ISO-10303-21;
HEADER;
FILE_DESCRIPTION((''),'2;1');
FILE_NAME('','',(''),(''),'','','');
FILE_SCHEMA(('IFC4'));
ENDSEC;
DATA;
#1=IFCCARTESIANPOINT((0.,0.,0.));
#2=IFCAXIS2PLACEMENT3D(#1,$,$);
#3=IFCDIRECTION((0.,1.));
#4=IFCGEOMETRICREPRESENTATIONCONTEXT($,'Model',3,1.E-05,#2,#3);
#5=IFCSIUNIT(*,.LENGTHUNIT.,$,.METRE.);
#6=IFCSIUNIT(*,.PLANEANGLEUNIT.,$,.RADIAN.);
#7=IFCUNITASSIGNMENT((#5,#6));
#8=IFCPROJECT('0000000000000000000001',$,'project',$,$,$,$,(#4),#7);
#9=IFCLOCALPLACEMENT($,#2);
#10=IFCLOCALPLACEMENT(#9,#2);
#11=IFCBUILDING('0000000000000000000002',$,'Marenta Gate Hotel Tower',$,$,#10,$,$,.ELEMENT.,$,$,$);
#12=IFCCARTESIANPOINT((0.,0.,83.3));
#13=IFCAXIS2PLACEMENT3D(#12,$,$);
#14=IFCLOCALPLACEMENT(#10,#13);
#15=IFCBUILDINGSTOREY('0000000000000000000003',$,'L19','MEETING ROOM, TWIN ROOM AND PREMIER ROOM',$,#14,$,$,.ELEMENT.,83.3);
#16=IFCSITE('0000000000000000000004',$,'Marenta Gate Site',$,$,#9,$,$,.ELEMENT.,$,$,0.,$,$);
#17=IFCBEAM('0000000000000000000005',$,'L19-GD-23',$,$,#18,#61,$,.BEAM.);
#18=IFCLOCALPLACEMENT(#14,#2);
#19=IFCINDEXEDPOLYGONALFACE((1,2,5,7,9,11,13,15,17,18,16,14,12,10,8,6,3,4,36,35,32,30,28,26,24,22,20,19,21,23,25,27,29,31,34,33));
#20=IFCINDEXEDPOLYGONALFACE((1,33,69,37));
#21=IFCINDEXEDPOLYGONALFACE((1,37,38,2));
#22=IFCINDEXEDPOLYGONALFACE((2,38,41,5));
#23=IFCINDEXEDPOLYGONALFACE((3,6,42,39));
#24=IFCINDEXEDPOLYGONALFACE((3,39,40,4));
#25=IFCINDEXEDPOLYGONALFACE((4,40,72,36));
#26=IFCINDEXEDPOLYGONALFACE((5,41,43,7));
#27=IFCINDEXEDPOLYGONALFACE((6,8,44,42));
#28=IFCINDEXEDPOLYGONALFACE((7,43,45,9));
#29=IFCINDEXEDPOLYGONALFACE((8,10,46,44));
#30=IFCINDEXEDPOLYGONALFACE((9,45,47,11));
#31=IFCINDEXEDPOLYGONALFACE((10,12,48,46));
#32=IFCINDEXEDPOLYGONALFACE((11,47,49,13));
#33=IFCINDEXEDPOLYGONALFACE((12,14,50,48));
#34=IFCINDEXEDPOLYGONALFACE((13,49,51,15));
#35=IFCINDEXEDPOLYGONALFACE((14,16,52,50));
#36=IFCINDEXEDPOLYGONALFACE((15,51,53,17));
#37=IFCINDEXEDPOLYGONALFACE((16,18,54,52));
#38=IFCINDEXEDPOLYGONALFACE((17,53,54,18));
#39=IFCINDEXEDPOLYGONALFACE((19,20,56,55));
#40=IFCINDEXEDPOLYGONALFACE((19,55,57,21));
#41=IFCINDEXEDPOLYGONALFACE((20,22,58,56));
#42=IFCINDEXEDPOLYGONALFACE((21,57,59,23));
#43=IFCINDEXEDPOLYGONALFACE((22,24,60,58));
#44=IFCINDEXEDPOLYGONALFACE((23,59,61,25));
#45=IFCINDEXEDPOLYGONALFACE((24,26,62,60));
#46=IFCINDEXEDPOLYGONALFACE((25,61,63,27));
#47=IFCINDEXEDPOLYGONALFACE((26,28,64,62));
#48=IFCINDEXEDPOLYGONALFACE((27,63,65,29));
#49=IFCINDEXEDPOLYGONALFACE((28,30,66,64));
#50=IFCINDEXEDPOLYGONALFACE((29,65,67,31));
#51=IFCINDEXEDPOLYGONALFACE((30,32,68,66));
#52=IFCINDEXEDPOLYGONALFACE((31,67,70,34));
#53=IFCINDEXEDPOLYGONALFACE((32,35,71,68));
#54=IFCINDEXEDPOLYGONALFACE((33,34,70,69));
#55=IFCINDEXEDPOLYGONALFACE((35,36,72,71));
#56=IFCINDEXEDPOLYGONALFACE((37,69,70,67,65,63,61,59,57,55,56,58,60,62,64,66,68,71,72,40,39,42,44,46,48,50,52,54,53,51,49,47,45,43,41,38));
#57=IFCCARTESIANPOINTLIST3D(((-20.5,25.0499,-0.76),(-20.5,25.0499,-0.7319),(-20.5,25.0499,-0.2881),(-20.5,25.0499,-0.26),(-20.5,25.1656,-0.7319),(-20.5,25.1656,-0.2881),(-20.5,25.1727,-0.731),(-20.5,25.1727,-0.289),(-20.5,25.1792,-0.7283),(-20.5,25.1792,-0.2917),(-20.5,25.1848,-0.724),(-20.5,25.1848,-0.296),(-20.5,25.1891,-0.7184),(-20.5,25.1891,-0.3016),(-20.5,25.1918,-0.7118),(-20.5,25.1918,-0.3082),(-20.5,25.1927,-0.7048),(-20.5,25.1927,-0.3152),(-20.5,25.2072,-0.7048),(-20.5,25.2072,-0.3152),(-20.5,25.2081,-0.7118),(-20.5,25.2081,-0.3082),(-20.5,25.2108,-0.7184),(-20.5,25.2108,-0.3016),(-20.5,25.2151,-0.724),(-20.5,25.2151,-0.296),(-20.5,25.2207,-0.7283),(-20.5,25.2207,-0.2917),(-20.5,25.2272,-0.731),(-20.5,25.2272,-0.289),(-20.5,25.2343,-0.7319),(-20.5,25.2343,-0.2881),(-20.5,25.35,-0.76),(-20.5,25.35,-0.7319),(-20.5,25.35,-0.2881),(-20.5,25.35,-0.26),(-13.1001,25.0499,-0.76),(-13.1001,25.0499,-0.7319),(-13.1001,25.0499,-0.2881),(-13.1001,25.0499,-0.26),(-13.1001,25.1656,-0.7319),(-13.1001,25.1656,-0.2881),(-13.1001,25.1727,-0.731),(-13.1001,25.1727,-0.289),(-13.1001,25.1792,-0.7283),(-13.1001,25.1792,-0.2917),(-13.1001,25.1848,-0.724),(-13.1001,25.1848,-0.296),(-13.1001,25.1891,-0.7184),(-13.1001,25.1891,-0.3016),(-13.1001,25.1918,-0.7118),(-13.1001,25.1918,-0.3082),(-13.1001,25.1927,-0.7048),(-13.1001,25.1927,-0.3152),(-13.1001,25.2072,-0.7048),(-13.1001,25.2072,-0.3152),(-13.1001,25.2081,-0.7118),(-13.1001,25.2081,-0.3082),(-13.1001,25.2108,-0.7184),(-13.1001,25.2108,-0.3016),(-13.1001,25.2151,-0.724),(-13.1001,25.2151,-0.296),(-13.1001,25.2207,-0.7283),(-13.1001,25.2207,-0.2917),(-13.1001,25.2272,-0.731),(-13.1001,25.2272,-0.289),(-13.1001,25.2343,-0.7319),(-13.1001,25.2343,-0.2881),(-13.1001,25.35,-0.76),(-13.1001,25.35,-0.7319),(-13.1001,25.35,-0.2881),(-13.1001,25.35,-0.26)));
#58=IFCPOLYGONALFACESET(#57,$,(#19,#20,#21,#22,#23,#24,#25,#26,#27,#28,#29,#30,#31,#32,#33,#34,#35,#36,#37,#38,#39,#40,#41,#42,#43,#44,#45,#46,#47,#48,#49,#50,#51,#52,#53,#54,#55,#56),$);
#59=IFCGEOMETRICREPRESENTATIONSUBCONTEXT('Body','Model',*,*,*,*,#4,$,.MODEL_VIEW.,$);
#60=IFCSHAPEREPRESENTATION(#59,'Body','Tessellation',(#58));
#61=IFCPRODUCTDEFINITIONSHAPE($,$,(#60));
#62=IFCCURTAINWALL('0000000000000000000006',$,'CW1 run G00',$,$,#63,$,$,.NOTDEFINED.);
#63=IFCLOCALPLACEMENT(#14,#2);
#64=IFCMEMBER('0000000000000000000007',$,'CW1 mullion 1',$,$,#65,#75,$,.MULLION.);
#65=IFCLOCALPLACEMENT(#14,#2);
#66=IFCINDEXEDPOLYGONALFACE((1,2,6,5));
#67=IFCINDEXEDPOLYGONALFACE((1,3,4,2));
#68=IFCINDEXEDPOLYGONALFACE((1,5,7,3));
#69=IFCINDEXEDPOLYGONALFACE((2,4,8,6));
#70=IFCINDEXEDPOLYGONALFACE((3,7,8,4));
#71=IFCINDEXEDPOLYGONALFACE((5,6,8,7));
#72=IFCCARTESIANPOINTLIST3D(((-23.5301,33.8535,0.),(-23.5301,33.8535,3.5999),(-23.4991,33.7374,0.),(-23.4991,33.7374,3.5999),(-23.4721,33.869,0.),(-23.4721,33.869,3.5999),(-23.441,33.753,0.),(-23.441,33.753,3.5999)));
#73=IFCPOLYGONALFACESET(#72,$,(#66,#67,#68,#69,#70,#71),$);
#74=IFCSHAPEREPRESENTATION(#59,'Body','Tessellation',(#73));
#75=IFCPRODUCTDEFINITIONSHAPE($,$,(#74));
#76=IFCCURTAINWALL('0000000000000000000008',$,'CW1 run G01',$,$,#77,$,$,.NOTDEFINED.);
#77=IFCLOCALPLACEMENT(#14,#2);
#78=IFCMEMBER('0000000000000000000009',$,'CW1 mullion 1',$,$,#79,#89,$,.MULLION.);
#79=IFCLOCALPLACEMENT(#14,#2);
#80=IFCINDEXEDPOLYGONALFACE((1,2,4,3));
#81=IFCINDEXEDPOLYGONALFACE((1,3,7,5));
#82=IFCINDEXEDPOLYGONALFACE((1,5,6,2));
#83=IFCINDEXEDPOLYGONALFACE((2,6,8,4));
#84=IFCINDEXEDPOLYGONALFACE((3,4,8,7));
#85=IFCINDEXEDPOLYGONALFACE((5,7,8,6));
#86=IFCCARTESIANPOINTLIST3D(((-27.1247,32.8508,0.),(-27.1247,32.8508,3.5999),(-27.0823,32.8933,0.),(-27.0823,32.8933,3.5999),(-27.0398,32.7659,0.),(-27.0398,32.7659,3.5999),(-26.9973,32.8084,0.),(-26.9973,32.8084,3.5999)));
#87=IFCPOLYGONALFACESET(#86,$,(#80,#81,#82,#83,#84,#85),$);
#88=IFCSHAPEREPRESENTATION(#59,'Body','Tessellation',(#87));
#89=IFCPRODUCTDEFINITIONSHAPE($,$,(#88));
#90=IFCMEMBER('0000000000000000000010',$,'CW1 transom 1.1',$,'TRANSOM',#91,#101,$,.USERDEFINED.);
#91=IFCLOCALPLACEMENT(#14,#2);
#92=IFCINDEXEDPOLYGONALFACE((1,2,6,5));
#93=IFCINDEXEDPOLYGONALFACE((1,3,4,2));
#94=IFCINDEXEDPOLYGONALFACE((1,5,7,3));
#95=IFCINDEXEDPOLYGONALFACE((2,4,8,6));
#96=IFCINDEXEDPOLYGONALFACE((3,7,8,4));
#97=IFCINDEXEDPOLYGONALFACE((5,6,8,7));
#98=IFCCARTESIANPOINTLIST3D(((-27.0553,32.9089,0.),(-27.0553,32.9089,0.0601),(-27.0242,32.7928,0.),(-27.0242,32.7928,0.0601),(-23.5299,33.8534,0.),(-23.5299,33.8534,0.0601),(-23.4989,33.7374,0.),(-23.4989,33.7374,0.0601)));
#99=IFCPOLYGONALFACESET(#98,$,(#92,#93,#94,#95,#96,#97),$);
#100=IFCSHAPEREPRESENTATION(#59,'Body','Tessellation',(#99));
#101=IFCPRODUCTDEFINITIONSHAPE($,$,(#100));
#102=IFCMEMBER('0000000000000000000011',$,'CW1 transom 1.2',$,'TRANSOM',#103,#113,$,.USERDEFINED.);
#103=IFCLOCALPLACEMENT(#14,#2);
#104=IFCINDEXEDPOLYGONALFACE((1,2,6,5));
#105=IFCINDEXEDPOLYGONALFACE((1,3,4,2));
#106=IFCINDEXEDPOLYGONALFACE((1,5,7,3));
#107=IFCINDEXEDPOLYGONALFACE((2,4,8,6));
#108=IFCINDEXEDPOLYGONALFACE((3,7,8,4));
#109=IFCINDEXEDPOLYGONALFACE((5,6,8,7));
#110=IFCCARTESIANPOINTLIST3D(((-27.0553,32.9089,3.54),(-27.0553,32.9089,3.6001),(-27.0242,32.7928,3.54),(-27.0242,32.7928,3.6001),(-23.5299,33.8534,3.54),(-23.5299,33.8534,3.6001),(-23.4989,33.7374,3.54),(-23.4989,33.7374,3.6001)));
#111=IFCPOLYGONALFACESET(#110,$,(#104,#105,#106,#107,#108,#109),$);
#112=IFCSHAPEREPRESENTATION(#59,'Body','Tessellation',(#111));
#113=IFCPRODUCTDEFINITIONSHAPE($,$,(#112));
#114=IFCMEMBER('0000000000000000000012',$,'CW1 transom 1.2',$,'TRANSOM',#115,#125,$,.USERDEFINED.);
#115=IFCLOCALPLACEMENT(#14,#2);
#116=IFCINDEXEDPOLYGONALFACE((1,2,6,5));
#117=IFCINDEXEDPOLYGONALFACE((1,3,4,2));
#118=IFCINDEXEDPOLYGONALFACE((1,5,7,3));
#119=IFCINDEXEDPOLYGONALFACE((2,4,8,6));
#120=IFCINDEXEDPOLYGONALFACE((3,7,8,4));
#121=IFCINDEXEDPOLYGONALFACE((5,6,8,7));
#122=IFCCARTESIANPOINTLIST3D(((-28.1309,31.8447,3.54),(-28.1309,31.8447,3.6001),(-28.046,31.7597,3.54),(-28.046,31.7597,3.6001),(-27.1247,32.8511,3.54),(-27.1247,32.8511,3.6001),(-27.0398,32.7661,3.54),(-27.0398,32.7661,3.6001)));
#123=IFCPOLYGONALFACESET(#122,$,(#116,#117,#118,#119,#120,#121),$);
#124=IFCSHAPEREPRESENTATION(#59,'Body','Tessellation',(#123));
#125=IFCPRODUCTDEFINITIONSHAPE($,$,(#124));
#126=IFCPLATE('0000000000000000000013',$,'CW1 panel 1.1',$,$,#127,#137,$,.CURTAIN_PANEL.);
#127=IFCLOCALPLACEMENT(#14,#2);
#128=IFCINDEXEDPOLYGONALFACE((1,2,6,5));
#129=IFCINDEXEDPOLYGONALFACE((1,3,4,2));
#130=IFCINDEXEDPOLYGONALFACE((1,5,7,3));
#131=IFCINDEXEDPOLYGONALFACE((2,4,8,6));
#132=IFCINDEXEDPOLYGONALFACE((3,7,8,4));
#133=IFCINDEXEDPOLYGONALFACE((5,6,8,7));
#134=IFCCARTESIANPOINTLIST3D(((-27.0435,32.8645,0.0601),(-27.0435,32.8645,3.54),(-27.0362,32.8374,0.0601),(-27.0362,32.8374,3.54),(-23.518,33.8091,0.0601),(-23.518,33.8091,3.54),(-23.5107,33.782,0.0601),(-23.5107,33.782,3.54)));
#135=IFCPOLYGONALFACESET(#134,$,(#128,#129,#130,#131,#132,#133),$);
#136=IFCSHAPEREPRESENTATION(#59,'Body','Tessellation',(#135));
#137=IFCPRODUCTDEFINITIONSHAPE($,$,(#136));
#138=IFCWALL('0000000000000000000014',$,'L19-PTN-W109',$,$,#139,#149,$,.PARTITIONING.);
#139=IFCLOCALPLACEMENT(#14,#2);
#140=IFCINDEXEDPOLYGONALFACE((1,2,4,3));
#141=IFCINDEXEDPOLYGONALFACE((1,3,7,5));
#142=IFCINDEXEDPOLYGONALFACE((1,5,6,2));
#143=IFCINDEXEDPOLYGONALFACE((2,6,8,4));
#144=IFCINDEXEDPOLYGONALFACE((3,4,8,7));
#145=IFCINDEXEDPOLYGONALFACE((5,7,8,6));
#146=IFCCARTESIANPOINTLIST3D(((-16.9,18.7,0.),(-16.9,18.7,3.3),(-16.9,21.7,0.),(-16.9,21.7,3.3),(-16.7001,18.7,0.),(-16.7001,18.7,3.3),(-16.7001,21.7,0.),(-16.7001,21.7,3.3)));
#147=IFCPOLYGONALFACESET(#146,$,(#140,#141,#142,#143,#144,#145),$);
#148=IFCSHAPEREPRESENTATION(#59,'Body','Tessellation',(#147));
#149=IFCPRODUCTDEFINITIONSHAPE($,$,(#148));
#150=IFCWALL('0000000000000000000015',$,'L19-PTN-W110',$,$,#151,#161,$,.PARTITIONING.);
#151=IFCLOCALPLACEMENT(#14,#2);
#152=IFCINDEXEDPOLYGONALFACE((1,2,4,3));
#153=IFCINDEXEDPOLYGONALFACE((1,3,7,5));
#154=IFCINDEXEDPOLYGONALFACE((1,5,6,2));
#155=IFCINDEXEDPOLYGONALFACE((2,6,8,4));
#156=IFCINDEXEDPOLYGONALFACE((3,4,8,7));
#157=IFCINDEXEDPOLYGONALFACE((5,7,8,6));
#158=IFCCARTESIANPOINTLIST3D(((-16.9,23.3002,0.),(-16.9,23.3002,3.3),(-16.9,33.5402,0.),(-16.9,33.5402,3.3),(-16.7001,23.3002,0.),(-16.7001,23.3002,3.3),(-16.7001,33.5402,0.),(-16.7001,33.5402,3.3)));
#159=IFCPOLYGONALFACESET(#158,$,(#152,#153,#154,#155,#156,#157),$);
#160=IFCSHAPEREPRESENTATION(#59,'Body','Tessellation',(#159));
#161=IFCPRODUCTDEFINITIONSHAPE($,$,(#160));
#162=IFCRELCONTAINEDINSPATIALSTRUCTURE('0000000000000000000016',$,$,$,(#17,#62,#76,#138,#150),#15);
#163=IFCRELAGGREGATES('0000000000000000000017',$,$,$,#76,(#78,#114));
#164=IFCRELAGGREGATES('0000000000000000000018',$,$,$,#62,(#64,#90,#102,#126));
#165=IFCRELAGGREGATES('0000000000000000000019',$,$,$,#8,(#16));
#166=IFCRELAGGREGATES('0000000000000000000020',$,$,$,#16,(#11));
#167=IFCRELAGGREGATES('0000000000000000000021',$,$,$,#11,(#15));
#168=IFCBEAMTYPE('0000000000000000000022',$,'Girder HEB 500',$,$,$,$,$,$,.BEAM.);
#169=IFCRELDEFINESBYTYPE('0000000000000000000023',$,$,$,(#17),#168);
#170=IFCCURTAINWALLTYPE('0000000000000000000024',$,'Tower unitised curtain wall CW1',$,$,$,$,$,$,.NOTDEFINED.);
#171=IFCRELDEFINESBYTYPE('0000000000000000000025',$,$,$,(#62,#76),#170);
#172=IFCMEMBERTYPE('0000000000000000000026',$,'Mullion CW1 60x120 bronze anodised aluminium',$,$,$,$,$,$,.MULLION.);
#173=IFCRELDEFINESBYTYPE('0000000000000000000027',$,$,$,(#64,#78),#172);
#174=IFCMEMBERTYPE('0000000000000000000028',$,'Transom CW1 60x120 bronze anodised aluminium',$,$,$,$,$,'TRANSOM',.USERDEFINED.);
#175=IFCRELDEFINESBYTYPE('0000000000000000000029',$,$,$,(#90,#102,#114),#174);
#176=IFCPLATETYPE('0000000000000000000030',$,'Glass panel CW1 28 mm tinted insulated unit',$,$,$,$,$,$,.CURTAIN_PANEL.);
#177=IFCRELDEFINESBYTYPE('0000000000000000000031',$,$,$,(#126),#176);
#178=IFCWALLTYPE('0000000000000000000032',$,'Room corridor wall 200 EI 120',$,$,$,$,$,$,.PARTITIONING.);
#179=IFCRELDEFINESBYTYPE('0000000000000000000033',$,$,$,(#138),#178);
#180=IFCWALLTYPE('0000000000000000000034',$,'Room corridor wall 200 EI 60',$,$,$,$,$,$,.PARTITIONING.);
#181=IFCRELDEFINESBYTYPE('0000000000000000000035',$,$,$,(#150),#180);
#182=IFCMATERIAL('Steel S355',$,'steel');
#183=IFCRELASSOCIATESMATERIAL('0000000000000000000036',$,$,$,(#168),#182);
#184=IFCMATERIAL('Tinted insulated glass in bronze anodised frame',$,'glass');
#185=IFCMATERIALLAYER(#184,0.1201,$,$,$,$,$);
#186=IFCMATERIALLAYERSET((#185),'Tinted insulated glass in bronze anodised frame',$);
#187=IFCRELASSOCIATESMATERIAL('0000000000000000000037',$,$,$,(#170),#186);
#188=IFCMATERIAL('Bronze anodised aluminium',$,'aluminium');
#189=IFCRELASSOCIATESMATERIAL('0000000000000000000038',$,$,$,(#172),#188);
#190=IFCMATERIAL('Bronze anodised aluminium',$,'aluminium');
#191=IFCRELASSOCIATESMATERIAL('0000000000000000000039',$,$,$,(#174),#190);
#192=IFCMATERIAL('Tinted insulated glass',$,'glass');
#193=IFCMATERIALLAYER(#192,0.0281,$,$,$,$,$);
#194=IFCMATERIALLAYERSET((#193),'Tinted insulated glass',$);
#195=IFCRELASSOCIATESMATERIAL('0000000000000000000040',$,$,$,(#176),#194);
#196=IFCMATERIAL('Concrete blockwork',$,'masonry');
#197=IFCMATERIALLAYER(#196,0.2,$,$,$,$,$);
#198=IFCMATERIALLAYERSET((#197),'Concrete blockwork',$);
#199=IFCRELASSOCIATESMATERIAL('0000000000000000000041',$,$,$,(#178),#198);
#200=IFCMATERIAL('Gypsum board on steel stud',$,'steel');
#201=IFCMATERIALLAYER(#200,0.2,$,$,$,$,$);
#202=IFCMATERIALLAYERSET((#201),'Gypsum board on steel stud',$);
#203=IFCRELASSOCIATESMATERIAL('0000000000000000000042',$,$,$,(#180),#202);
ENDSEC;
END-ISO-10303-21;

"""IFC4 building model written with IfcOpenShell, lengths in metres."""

from ifc_helpers import new_model, si_unit, direction, frame, frame_2d, origin, origin_2d, place, context, subcontext, project, spatial, rectangle, i_section, extrude, material, layer, layer_set, material_profile, profile_set, type_object, element, aggregate, save


model = new_model("IFC4")

# Units and contexts
model_context = context("Model", 3, precision=1e-05, world=origin(), true_north=direction((0.0, 1.0)))
body_context = subcontext(model_context, "Body", "Model", "MODEL_VIEW")
ifc_project = project(units=[si_unit("LENGTHUNIT", "METRE"), si_unit("PLANEANGLEUNIT", "RADIAN")], contexts=[model_context])

# Site, building, storey
site_placement = place(None, origin())
site = spatial("IfcSite", under=ifc_project, at=site_placement, Name="Marenta Gate Site", CompositionType="ELEMENT", RefElevation=0.0)
building_placement = place(site_placement, origin())
building = spatial("IfcBuilding", under=site, at=building_placement, Name="Marenta Gate Hotel Tower", CompositionType="ELEMENT")
storey_placement = place(building_placement, frame((0.0, 0.0, 83.3)))
storey = spatial("IfcBuildingStorey", under=building, at=storey_placement, Name="L19", Description="MEETING ROOM, TWIN ROOM AND PREMIER ROOM", CompositionType="ELEMENT", Elevation=83.3)

# Beam
ifc_material_1 = material(Name="Steel S355", Category="steel")
ifc_material_profile_1 = material_profile(ifc_material_1, i_section(OverallWidth=0.3, OverallDepth=0.5, WebThickness=0.0144, FlangeThickness=0.0281, FilletRadius=0.0271, at=origin_2d()), Name="HEB 500")
ifc_profile_set_1 = profile_set([ifc_material_profile_1], Name="Steel S355")
beam_type_1 = type_object("IfcBeamType", Name="Girder HEB 500", PredefinedType="BEAM", material=ifc_profile_set_1)
beam_1_placement = place(storey_placement, frame((-20.5, 25.2, -0.51), z_axis=(1.0, 0.0, 0.0), x_axis=(0.0, 1.0, 0.0)))
element("IfcBeam", 1, at=beam_1_placement, inside=storey, type_object=beam_type_1, Name="L19-GD-23", PredefinedType="BEAM", context=body_context, shape_type="SweptSolid", body=[
    extrude(i_section(OverallWidth=0.3, OverallDepth=0.5, WebThickness=0.0144, FlangeThickness=0.0281, FilletRadius=0.0271, at=origin_2d()), origin(), (0.0, 0.0, 1.0), 7.3999),
])

# Curtain walls, members
ifc_material_2 = material(Name="Tinted insulated glass in bronze anodised frame", Category="glass")
ifc_layer_1 = layer(ifc_material_2, 0.1201)
ifc_layer_set_1 = layer_set([ifc_layer_1], Name="Tinted insulated glass in bronze anodised frame")
curtain_wall_type = type_object("IfcCurtainWallType", Name="Tower unitised curtain wall CW1", PredefinedType="NOTDEFINED", material=ifc_layer_set_1)
curtain_wall_1_placement = place(storey_placement, origin())
curtain_wall_1 = element("IfcCurtainWall", 2, at=curtain_wall_1_placement, inside=storey, type_object=curtain_wall_type, Name="CW1 run G00", PredefinedType="NOTDEFINED")
ifc_material_3 = material(Name="Bronze anodised aluminium", Category="aluminium")
ifc_material_profile_2 = material_profile(ifc_material_3, rectangle(XDim=0.1201, YDim=0.0601, at=origin_2d()), Name="Mullion CW1 60x120 bronze anodised aluminium")
ifc_profile_set_2 = profile_set([ifc_material_profile_2], Name="Bronze anodised aluminium")
member_type_1 = type_object("IfcMemberType", Name="Mullion CW1 60x120 bronze anodised aluminium", PredefinedType="MULLION", material=ifc_profile_set_2)
member_1_placement = place(storey_placement, frame((-23.4856, 33.8032, 0.0), z_axis=(0.0, 0.0, 1.0), x_axis=(0.258802, -0.96593, 0.0)))
member_1 = element("IfcMember", 3, at=member_1_placement, type_object=member_type_1, Name="CW1 mullion 1", PredefinedType="MULLION", context=body_context, shape_type="SweptSolid", body=[
    extrude(rectangle(XDim=0.1201, YDim=0.0601, at=origin_2d()), origin(), (0.0, 0.0, 1.0), 3.5999),
])
curtain_wall_2_placement = place(storey_placement, origin())
curtain_wall_2 = element("IfcCurtainWall", 4, at=curtain_wall_2_placement, inside=storey, type_object=curtain_wall_type, Name="CW1 run G01", PredefinedType="NOTDEFINED")
member_2_placement = place(storey_placement, frame((-27.061, 32.8296, 0.0), z_axis=(0.0, 0.0, 1.0), x_axis=(0.707107, -0.707107, 0.0)))
member_2 = element("IfcMember", 5, at=member_2_placement, type_object=member_type_1, Name="CW1 mullion 1", PredefinedType="MULLION", context=body_context, shape_type="SweptSolid", body=[
    extrude(rectangle(XDim=0.1201, YDim=0.0601, at=origin_2d()), origin(), (0.0, 0.0, 1.0), 3.5999),
])

# Members
ifc_material_4 = material(Name="Bronze anodised aluminium", Category="aluminium")
ifc_material_profile_3 = material_profile(ifc_material_4, rectangle(XDim=0.1201, YDim=0.0601, at=origin_2d()), Name="Transom CW1 60x120 bronze anodised aluminium")
ifc_profile_set_3 = profile_set([ifc_material_profile_3], Name="Bronze anodised aluminium")
member_type_2 = type_object("IfcMemberType", Name="Transom CW1 60x120 bronze anodised aluminium", ElementType="TRANSOM", PredefinedType="USERDEFINED", material=ifc_profile_set_3)
member_3_placement = place(storey_placement, frame((-23.5144, 33.7954, 0.03), z_axis=(-0.965929, -0.258807, 0.0), x_axis=(0.258807, -0.965929, 0.0)))
member_3 = element("IfcMember", 6, at=member_3_placement, type_object=member_type_2, Name="CW1 transom 1.1", ObjectType="TRANSOM", PredefinedType="USERDEFINED", context=body_context, shape_type="SweptSolid", body=[
    extrude(rectangle(XDim=0.1201, YDim=0.0601, at=origin_2d()), origin(), (0.0, 0.0, 1.0), 3.6497),
])
member_4_placement = place(storey_placement, frame((-23.5144, 33.7954, 3.5701), z_axis=(-0.965929, -0.258807, 0.0), x_axis=(0.258807, -0.965929, 0.0)))
member_4 = element("IfcMember", 7, at=member_4_placement, type_object=member_type_2, Name="CW1 transom 1.2", ObjectType="TRANSOM", PredefinedType="USERDEFINED", context=body_context, shape_type="SweptSolid", body=[
    extrude(rectangle(XDim=0.1201, YDim=0.0601, at=origin_2d()), origin(), (0.0, 0.0, 1.0), 3.6497),
])
member_5_placement = place(storey_placement, frame((-27.0823, 32.8086, 3.5701), z_axis=(-0.707021, -0.707193, 0.0), x_axis=(0.707193, -0.707021, 0.0)))
member_5 = element("IfcMember", 8, at=member_5_placement, type_object=member_type_2, Name="CW1 transom 1.2", ObjectType="TRANSOM", PredefinedType="USERDEFINED", context=body_context, shape_type="SweptSolid", body=[
    extrude(rectangle(XDim=0.1201, YDim=0.0601, at=origin_2d()), origin(), (0.0, 0.0, 1.0), 1.4231),
])
aggregate(curtain_wall_2, [member_2, member_5])

# Plate
ifc_material_5 = material(Name="Tinted insulated glass", Category="glass")
ifc_layer_2 = layer(ifc_material_5, 0.0281)
ifc_layer_set_2 = layer_set([ifc_layer_2], Name="Tinted insulated glass")
plate_type = type_object("IfcPlateType", Name="Glass panel CW1 28 mm tinted insulated unit", PredefinedType="CURTAIN_PANEL", material=ifc_layer_set_2)
plate_placement = place(storey_placement, frame((-25.2771, 33.3232, 0.0601), z_axis=(0.0, 0.0, 1.0), x_axis=(-0.96593, -0.258802, 0.0)))
plate = element("IfcPlate", 9, at=plate_placement, type_object=plate_type, Name="CW1 panel 1.1", PredefinedType="CURTAIN_PANEL", context=body_context, shape_type="SweptSolid", body=[
    extrude(rectangle(XDim=3.6499, YDim=0.0281, at=origin_2d()), origin(), (0.0, 0.0, 1.0), 3.48),
])
aggregate(curtain_wall_1, [member_1, member_3, member_4, plate])

# Wall
ifc_material_6 = material(Name="Concrete blockwork", Category="masonry")
ifc_layer_3 = layer(ifc_material_6, 0.2)
ifc_layer_set_3 = layer_set([ifc_layer_3], Name="Concrete blockwork")
wall_type_1 = type_object("IfcWallType", Name="Room corridor wall 200 EI 120", PredefinedType="PARTITIONING", material=ifc_layer_set_3)
wall_1_placement = place(storey_placement, frame((-16.8, 18.7, 0.0), z_axis=(0.0, 0.0, 1.0), x_axis=(0.0, 1.0, 0.0)))
element("IfcWall", 10, at=wall_1_placement, inside=storey, type_object=wall_type_1, Name="L19-PTN-W109", PredefinedType="PARTITIONING", context=body_context, shape_type="SweptSolid", body=[
    extrude(rectangle(XDim=3.0, YDim=0.2, at=frame_2d((1.5, 0.0))), origin(), (0.0, 0.0, 1.0), 3.3),
])

# Wall
ifc_material_7 = material(Name="Gypsum board on steel stud", Category="steel")
ifc_layer_4 = layer(ifc_material_7, 0.2)
ifc_layer_set_4 = layer_set([ifc_layer_4], Name="Gypsum board on steel stud")
wall_type_2 = type_object("IfcWallType", Name="Room corridor wall 200 EI 60", PredefinedType="PARTITIONING", material=ifc_layer_set_4)
wall_2_placement = place(storey_placement, frame((-16.8, 23.3, 0.0), z_axis=(0.0, 0.0, 1.0), x_axis=(0.0, 1.0, 0.0)))
element("IfcWall", 11, at=wall_2_placement, inside=storey, type_object=wall_type_2, Name="L19-PTN-W110", PredefinedType="PARTITIONING", context=body_context, shape_type="SweptSolid", body=[
    extrude(rectangle(XDim=10.24, YDim=0.2, at=frame_2d((5.1201, 0.0))), origin(), (0.0, 0.0, 1.0), 3.3),
])

save(model, "model.ifc")
